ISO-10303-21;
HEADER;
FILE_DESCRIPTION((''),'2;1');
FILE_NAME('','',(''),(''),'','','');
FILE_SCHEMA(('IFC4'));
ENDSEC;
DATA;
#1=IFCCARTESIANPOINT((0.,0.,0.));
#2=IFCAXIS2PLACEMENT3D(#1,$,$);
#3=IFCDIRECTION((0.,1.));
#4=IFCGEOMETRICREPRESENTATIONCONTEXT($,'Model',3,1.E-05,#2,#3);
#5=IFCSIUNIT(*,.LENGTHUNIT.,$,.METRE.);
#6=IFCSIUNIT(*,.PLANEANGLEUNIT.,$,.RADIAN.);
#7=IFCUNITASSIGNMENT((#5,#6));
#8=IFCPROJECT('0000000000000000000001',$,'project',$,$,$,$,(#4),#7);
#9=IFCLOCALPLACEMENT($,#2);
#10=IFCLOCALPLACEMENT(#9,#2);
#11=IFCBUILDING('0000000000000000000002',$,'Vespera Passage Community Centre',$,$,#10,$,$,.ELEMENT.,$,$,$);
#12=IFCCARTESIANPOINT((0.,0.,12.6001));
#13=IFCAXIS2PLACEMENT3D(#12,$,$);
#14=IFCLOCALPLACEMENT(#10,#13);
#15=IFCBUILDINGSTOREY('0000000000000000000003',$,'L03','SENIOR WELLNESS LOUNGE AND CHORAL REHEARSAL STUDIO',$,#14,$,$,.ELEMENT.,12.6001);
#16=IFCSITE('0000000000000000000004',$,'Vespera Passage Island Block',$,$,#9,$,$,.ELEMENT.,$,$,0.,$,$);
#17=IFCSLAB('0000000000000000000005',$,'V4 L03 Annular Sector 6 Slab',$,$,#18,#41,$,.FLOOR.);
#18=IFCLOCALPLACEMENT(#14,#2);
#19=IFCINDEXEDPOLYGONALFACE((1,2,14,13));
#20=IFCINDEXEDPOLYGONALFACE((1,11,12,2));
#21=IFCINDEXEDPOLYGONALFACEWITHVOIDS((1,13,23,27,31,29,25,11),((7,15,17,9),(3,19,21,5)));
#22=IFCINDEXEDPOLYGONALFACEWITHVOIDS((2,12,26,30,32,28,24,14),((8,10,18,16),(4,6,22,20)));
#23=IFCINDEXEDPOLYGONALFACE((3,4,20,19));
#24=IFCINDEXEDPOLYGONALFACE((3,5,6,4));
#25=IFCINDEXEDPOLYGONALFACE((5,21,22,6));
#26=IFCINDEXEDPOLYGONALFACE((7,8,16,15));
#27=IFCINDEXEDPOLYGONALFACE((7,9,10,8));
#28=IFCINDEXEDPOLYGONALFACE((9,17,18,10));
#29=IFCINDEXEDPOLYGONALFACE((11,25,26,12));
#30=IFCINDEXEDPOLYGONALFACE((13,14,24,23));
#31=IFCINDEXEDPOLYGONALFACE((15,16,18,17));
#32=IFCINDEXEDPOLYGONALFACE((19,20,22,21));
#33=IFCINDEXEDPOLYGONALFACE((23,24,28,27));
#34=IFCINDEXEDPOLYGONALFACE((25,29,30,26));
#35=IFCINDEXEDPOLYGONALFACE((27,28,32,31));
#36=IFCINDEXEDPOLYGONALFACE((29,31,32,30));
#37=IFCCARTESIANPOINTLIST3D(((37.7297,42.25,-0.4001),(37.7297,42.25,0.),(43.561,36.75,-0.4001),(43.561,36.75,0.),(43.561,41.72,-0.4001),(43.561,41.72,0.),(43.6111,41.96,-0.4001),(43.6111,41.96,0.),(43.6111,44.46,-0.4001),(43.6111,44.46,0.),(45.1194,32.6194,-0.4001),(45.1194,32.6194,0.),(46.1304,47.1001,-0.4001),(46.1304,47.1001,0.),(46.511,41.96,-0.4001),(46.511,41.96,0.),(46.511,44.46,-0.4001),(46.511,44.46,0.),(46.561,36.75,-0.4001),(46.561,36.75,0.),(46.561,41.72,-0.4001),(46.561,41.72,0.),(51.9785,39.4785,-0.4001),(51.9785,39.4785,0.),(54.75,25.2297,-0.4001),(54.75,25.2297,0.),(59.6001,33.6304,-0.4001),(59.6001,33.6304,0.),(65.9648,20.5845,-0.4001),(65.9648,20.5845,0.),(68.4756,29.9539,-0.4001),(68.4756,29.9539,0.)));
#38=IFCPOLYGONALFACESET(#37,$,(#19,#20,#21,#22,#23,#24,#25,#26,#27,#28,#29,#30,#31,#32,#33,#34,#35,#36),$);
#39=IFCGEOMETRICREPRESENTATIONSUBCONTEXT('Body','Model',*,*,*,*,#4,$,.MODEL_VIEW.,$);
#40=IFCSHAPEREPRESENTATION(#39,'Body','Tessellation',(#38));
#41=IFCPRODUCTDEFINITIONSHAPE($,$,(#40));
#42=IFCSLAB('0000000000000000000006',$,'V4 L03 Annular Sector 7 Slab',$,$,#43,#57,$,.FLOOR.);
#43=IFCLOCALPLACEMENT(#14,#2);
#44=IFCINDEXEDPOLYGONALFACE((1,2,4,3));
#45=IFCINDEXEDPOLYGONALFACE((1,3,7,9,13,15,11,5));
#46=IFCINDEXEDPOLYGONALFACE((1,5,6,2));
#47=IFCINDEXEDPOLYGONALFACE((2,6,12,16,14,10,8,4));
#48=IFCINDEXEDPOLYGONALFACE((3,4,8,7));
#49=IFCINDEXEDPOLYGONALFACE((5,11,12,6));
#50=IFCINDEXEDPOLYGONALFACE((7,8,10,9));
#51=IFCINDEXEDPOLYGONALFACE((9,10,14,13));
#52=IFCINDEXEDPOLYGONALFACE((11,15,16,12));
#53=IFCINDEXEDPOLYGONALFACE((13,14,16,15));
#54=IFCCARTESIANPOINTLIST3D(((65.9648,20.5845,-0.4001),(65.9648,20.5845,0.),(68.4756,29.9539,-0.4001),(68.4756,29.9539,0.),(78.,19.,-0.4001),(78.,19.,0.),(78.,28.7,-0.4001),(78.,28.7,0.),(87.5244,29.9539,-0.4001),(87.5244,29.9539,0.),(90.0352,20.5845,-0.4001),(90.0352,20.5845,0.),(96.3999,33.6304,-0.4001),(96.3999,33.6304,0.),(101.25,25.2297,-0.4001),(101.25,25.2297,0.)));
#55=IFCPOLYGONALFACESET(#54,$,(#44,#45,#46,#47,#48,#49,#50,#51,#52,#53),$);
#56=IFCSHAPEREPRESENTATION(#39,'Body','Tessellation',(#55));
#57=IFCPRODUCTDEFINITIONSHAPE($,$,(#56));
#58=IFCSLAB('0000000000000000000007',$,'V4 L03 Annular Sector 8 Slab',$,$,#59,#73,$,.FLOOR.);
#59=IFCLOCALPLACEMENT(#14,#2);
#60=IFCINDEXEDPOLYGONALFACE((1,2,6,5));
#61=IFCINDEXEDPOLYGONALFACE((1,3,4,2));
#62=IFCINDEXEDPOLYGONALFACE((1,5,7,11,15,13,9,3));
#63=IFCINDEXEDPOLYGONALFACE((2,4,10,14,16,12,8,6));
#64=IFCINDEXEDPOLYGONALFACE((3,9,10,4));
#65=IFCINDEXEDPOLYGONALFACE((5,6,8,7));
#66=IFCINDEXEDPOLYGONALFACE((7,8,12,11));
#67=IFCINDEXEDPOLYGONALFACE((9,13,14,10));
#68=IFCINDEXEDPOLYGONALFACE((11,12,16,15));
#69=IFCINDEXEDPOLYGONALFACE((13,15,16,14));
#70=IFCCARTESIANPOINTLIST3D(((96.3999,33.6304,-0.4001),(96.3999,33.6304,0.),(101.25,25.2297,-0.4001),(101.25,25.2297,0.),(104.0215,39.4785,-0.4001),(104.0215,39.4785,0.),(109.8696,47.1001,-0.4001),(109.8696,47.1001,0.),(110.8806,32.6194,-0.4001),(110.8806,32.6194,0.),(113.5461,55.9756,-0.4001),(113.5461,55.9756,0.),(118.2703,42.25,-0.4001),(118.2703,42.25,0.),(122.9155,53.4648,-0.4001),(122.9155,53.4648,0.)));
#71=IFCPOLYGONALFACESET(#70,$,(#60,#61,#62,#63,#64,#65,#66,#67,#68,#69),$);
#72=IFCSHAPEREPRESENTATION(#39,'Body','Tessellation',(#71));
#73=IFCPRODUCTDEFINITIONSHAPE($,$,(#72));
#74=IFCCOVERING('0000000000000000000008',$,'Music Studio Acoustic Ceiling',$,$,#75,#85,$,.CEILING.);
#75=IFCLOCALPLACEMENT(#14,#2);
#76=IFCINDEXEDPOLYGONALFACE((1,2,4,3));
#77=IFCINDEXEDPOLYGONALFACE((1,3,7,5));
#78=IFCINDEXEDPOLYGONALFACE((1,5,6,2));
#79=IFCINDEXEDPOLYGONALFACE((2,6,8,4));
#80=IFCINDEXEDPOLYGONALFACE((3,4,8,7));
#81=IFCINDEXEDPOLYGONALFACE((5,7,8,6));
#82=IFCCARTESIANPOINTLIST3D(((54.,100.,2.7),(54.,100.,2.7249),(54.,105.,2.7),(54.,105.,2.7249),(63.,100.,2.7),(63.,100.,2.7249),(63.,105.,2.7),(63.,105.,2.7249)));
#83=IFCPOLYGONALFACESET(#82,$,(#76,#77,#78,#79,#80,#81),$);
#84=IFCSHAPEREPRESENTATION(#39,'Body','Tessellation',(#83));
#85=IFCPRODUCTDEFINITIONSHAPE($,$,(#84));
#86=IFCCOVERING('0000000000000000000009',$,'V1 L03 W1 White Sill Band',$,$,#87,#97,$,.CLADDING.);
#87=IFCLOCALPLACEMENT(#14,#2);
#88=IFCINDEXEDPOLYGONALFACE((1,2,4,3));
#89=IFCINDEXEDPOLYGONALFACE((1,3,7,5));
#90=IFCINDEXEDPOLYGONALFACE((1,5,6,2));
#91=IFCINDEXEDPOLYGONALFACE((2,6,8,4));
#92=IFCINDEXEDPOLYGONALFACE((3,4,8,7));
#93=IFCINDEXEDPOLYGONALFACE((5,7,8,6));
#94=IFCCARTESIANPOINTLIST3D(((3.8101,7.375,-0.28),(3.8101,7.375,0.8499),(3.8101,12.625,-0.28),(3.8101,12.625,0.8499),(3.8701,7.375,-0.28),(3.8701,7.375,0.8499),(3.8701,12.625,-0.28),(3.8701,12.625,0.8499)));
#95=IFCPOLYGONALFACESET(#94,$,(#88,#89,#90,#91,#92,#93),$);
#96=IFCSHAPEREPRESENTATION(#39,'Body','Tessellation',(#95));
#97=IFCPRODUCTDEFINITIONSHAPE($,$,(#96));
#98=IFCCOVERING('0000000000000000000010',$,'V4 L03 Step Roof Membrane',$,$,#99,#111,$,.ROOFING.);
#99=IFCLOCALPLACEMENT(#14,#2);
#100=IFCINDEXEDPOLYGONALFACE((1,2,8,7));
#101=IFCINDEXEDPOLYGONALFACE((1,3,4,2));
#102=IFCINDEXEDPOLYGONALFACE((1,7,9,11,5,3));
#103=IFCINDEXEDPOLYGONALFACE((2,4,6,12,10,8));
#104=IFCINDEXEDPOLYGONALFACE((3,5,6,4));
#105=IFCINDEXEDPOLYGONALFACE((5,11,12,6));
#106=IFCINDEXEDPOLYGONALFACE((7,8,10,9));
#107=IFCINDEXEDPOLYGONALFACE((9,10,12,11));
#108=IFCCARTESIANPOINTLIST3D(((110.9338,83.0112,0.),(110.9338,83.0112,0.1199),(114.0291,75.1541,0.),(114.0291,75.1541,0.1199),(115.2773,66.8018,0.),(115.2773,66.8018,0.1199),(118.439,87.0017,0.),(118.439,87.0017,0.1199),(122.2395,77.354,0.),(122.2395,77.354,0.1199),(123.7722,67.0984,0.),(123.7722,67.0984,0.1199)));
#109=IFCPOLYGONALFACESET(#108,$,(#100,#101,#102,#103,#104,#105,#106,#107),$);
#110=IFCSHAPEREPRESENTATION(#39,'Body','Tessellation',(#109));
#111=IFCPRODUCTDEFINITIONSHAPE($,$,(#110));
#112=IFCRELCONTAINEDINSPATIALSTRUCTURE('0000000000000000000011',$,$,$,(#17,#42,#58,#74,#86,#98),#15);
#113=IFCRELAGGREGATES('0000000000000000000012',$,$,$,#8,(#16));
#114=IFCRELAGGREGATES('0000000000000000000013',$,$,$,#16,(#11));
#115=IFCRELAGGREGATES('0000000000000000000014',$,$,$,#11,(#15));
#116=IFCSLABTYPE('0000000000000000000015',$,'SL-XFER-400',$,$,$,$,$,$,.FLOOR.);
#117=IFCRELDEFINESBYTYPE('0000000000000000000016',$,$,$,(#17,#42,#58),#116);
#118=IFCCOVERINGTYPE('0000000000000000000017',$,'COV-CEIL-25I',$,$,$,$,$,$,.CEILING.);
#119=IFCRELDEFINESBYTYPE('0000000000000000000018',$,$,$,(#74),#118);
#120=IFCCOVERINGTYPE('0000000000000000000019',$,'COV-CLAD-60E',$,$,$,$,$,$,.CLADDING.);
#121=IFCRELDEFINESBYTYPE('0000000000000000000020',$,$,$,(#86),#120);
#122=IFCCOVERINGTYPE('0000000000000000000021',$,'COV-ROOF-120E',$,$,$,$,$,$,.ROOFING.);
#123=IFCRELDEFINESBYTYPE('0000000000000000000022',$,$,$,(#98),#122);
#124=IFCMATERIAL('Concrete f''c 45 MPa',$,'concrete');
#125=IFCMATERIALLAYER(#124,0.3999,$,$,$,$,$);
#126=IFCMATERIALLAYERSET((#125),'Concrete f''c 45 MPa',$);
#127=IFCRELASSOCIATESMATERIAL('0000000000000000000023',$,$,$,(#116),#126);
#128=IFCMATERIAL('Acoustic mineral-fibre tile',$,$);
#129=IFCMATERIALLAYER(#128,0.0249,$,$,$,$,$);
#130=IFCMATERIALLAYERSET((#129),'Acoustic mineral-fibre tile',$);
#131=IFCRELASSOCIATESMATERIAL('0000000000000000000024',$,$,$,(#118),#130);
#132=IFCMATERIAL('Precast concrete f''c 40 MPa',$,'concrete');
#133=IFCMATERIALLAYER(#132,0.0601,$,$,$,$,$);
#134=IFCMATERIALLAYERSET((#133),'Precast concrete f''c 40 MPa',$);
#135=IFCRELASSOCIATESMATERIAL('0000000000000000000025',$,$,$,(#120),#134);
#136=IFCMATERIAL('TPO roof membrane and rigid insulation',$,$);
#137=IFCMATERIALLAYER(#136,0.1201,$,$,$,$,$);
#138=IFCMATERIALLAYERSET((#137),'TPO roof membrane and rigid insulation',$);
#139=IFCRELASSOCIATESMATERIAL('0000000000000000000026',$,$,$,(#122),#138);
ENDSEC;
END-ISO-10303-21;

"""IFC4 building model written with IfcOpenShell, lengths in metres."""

from ifc_helpers import new_model, si_unit, direction, frame, frame_2d, origin, place, context, subcontext, project, spatial, polyline, rectangle, outline, extrude, material, layer, layer_set, type_object, element, save


model = new_model("IFC4")

# Units and contexts
model_context = context("Model", 3, precision=1e-05, world=origin(), true_north=direction((0.0, 1.0)))
body_context = subcontext(model_context, "Body", "Model", "MODEL_VIEW")
ifc_project = project(units=[si_unit("LENGTHUNIT", "METRE"), si_unit("PLANEANGLEUNIT", "RADIAN")], contexts=[model_context])

# Site, building, storey
site_placement = place(None, origin())
site = spatial("IfcSite", under=ifc_project, at=site_placement, Name="Vespera Passage Island Block", CompositionType="ELEMENT", RefElevation=0.0)
building_placement = place(site_placement, origin())
building = spatial("IfcBuilding", under=site, at=building_placement, Name="Vespera Passage Community Centre", CompositionType="ELEMENT")
storey_placement = place(building_placement, frame((0.0, 0.0, 12.6001)))
storey = spatial("IfcBuildingStorey", under=building, at=storey_placement, Name="L03", Description="SENIOR WELLNESS LOUNGE AND CHORAL REHEARSAL STUDIO", CompositionType="ELEMENT", Elevation=12.6001)

# Slabs
ifc_material_1 = material(Name="Concrete f'c 45 MPa", Category="concrete")
ifc_layer_1 = layer(ifc_material_1, 0.3999)
ifc_layer_set_1 = layer_set([ifc_layer_1], Name="Concrete f'c 45 MPa")
slab_type_1 = type_object("IfcSlabType", Name="SL-XFER-400", PredefinedType="FLOOR", material=ifc_layer_set_1)
slab_1_placement = place(storey_placement, frame((0.0, 0.0, -0.4001)))
element("IfcSlab", 1, at=slab_1_placement, inside=storey, type_object=slab_type_1, Name="V4 L03 Annular Sector 6 Slab", PredefinedType="FLOOR", context=body_context, shape_type="SweptSolid", body=[
    extrude(outline(polyline([(51.9785, 39.4785), (59.6001, 33.6304), (68.4756, 29.9539), (65.9648, 20.5845), (54.75, 25.2297), (45.1194, 32.6194), (37.7297, 42.25), (46.1304, 47.1001), (51.9785, 39.4785)]), holes=[polyline([(43.561, 41.72), (43.561, 36.75), (46.561, 36.75), (46.561, 41.72), (43.561, 41.72)]), polyline([(46.511, 44.46), (43.6111, 44.46), (43.6111, 41.96), (46.511, 41.96), (46.511, 44.46)])]), origin(), (0.0, 0.0, 1.0), 0.4001),
])
slab_2_placement = place(storey_placement, frame((0.0, 0.0, -0.4001)))
element("IfcSlab", 2, at=slab_2_placement, inside=storey, type_object=slab_type_1, Name="V4 L03 Annular Sector 7 Slab", PredefinedType="FLOOR", context=body_context, shape_type="SweptSolid", body=[
    extrude(outline(polyline([(65.9648, 20.5845), (78.0, 19.0), (90.0352, 20.5845), (101.25, 25.2297), (96.3999, 33.6304), (87.5244, 29.9539), (78.0, 28.7), (68.4756, 29.9539), (65.9648, 20.5845)])), origin(), (0.0, 0.0, 1.0), 0.4001),
])
slab_3_placement = place(storey_placement, frame((0.0, 0.0, -0.4001)))
element("IfcSlab", 3, at=slab_3_placement, inside=storey, type_object=slab_type_1, Name="V4 L03 Annular Sector 8 Slab", PredefinedType="FLOOR", context=body_context, shape_type="SweptSolid", body=[
    extrude(outline(polyline([(101.25, 25.2297), (110.8806, 32.6194), (118.2703, 42.25), (122.9155, 53.4648), (113.5461, 55.9756), (109.8696, 47.1001), (104.0215, 39.4785), (96.3999, 33.6304), (101.25, 25.2297)])), origin(), (0.0, 0.0, 1.0), 0.4001),
])

# Coverings
ifc_material_2 = material(Name="Acoustic mineral-fibre tile")
ifc_layer_2 = layer(ifc_material_2, 0.0249)
ifc_layer_set_2 = layer_set([ifc_layer_2], Name="Acoustic mineral-fibre tile")
covering_type_1 = type_object("IfcCoveringType", Name="COV-CEIL-25I", PredefinedType="CEILING", material=ifc_layer_set_2)
covering_1_placement = place(storey_placement, frame((0.0, 0.0, 2.7)))
element("IfcCovering", 4, at=covering_1_placement, inside=storey, type_object=covering_type_1, Name="Music Studio Acoustic Ceiling", PredefinedType="CEILING", context=body_context, shape_type="SweptSolid", body=[
    extrude(outline(polyline([(54.0, 100.0), (63.0, 100.0), (63.0, 105.0), (54.0, 105.0), (54.0, 100.0)])), origin(), (0.0, 0.0, 1.0), 0.0249),
])
ifc_material_3 = material(Name="Precast concrete f'c 40 MPa", Category="concrete")
ifc_layer_3 = layer(ifc_material_3, 0.0601)
ifc_layer_set_3 = layer_set([ifc_layer_3], Name="Precast concrete f'c 40 MPa")
covering_type_2 = type_object("IfcCoveringType", Name="COV-CLAD-60E", PredefinedType="CLADDING", material=ifc_layer_set_3)
covering_2_placement = place(storey_placement, frame((3.8401, 7.375, -0.28), z_axis=(0.0, 0.0, 1.0), x_axis=(0.0, 1.0, 0.0)))
element("IfcCovering", 5, at=covering_2_placement, inside=storey, type_object=covering_type_2, Name="V1 L03 W1 White Sill Band", PredefinedType="CLADDING", context=body_context, shape_type="SweptSolid", body=[
    extrude(rectangle(XDim=5.25, YDim=0.0601, at=frame_2d((2.625, 0.0))), origin(), (0.0, 0.0, 1.0), 1.1299),
])
ifc_material_4 = material(Name="TPO roof membrane and rigid insulation")
ifc_layer_4 = layer(ifc_material_4, 0.1201)
ifc_layer_set_4 = layer_set([ifc_layer_4], Name="TPO roof membrane and rigid insulation")
covering_type_3 = type_object("IfcCoveringType", Name="COV-ROOF-120E", PredefinedType="ROOFING", material=ifc_layer_set_4)
covering_3_placement = place(storey_placement, origin())
element("IfcCovering", 6, at=covering_3_placement, inside=storey, type_object=covering_type_3, Name="V4 L03 Step Roof Membrane", PredefinedType="ROOFING", context=body_context, shape_type="SweptSolid", body=[
    extrude(outline(polyline([(123.7722, 67.0984), (122.2395, 77.354), (118.439, 87.0017), (110.9338, 83.0112), (114.0291, 75.1541), (115.2773, 66.8018), (123.7722, 67.0984)])), origin(), (0.0, 0.0, 1.0), 0.1199),
])

save(model, "model.ifc")
